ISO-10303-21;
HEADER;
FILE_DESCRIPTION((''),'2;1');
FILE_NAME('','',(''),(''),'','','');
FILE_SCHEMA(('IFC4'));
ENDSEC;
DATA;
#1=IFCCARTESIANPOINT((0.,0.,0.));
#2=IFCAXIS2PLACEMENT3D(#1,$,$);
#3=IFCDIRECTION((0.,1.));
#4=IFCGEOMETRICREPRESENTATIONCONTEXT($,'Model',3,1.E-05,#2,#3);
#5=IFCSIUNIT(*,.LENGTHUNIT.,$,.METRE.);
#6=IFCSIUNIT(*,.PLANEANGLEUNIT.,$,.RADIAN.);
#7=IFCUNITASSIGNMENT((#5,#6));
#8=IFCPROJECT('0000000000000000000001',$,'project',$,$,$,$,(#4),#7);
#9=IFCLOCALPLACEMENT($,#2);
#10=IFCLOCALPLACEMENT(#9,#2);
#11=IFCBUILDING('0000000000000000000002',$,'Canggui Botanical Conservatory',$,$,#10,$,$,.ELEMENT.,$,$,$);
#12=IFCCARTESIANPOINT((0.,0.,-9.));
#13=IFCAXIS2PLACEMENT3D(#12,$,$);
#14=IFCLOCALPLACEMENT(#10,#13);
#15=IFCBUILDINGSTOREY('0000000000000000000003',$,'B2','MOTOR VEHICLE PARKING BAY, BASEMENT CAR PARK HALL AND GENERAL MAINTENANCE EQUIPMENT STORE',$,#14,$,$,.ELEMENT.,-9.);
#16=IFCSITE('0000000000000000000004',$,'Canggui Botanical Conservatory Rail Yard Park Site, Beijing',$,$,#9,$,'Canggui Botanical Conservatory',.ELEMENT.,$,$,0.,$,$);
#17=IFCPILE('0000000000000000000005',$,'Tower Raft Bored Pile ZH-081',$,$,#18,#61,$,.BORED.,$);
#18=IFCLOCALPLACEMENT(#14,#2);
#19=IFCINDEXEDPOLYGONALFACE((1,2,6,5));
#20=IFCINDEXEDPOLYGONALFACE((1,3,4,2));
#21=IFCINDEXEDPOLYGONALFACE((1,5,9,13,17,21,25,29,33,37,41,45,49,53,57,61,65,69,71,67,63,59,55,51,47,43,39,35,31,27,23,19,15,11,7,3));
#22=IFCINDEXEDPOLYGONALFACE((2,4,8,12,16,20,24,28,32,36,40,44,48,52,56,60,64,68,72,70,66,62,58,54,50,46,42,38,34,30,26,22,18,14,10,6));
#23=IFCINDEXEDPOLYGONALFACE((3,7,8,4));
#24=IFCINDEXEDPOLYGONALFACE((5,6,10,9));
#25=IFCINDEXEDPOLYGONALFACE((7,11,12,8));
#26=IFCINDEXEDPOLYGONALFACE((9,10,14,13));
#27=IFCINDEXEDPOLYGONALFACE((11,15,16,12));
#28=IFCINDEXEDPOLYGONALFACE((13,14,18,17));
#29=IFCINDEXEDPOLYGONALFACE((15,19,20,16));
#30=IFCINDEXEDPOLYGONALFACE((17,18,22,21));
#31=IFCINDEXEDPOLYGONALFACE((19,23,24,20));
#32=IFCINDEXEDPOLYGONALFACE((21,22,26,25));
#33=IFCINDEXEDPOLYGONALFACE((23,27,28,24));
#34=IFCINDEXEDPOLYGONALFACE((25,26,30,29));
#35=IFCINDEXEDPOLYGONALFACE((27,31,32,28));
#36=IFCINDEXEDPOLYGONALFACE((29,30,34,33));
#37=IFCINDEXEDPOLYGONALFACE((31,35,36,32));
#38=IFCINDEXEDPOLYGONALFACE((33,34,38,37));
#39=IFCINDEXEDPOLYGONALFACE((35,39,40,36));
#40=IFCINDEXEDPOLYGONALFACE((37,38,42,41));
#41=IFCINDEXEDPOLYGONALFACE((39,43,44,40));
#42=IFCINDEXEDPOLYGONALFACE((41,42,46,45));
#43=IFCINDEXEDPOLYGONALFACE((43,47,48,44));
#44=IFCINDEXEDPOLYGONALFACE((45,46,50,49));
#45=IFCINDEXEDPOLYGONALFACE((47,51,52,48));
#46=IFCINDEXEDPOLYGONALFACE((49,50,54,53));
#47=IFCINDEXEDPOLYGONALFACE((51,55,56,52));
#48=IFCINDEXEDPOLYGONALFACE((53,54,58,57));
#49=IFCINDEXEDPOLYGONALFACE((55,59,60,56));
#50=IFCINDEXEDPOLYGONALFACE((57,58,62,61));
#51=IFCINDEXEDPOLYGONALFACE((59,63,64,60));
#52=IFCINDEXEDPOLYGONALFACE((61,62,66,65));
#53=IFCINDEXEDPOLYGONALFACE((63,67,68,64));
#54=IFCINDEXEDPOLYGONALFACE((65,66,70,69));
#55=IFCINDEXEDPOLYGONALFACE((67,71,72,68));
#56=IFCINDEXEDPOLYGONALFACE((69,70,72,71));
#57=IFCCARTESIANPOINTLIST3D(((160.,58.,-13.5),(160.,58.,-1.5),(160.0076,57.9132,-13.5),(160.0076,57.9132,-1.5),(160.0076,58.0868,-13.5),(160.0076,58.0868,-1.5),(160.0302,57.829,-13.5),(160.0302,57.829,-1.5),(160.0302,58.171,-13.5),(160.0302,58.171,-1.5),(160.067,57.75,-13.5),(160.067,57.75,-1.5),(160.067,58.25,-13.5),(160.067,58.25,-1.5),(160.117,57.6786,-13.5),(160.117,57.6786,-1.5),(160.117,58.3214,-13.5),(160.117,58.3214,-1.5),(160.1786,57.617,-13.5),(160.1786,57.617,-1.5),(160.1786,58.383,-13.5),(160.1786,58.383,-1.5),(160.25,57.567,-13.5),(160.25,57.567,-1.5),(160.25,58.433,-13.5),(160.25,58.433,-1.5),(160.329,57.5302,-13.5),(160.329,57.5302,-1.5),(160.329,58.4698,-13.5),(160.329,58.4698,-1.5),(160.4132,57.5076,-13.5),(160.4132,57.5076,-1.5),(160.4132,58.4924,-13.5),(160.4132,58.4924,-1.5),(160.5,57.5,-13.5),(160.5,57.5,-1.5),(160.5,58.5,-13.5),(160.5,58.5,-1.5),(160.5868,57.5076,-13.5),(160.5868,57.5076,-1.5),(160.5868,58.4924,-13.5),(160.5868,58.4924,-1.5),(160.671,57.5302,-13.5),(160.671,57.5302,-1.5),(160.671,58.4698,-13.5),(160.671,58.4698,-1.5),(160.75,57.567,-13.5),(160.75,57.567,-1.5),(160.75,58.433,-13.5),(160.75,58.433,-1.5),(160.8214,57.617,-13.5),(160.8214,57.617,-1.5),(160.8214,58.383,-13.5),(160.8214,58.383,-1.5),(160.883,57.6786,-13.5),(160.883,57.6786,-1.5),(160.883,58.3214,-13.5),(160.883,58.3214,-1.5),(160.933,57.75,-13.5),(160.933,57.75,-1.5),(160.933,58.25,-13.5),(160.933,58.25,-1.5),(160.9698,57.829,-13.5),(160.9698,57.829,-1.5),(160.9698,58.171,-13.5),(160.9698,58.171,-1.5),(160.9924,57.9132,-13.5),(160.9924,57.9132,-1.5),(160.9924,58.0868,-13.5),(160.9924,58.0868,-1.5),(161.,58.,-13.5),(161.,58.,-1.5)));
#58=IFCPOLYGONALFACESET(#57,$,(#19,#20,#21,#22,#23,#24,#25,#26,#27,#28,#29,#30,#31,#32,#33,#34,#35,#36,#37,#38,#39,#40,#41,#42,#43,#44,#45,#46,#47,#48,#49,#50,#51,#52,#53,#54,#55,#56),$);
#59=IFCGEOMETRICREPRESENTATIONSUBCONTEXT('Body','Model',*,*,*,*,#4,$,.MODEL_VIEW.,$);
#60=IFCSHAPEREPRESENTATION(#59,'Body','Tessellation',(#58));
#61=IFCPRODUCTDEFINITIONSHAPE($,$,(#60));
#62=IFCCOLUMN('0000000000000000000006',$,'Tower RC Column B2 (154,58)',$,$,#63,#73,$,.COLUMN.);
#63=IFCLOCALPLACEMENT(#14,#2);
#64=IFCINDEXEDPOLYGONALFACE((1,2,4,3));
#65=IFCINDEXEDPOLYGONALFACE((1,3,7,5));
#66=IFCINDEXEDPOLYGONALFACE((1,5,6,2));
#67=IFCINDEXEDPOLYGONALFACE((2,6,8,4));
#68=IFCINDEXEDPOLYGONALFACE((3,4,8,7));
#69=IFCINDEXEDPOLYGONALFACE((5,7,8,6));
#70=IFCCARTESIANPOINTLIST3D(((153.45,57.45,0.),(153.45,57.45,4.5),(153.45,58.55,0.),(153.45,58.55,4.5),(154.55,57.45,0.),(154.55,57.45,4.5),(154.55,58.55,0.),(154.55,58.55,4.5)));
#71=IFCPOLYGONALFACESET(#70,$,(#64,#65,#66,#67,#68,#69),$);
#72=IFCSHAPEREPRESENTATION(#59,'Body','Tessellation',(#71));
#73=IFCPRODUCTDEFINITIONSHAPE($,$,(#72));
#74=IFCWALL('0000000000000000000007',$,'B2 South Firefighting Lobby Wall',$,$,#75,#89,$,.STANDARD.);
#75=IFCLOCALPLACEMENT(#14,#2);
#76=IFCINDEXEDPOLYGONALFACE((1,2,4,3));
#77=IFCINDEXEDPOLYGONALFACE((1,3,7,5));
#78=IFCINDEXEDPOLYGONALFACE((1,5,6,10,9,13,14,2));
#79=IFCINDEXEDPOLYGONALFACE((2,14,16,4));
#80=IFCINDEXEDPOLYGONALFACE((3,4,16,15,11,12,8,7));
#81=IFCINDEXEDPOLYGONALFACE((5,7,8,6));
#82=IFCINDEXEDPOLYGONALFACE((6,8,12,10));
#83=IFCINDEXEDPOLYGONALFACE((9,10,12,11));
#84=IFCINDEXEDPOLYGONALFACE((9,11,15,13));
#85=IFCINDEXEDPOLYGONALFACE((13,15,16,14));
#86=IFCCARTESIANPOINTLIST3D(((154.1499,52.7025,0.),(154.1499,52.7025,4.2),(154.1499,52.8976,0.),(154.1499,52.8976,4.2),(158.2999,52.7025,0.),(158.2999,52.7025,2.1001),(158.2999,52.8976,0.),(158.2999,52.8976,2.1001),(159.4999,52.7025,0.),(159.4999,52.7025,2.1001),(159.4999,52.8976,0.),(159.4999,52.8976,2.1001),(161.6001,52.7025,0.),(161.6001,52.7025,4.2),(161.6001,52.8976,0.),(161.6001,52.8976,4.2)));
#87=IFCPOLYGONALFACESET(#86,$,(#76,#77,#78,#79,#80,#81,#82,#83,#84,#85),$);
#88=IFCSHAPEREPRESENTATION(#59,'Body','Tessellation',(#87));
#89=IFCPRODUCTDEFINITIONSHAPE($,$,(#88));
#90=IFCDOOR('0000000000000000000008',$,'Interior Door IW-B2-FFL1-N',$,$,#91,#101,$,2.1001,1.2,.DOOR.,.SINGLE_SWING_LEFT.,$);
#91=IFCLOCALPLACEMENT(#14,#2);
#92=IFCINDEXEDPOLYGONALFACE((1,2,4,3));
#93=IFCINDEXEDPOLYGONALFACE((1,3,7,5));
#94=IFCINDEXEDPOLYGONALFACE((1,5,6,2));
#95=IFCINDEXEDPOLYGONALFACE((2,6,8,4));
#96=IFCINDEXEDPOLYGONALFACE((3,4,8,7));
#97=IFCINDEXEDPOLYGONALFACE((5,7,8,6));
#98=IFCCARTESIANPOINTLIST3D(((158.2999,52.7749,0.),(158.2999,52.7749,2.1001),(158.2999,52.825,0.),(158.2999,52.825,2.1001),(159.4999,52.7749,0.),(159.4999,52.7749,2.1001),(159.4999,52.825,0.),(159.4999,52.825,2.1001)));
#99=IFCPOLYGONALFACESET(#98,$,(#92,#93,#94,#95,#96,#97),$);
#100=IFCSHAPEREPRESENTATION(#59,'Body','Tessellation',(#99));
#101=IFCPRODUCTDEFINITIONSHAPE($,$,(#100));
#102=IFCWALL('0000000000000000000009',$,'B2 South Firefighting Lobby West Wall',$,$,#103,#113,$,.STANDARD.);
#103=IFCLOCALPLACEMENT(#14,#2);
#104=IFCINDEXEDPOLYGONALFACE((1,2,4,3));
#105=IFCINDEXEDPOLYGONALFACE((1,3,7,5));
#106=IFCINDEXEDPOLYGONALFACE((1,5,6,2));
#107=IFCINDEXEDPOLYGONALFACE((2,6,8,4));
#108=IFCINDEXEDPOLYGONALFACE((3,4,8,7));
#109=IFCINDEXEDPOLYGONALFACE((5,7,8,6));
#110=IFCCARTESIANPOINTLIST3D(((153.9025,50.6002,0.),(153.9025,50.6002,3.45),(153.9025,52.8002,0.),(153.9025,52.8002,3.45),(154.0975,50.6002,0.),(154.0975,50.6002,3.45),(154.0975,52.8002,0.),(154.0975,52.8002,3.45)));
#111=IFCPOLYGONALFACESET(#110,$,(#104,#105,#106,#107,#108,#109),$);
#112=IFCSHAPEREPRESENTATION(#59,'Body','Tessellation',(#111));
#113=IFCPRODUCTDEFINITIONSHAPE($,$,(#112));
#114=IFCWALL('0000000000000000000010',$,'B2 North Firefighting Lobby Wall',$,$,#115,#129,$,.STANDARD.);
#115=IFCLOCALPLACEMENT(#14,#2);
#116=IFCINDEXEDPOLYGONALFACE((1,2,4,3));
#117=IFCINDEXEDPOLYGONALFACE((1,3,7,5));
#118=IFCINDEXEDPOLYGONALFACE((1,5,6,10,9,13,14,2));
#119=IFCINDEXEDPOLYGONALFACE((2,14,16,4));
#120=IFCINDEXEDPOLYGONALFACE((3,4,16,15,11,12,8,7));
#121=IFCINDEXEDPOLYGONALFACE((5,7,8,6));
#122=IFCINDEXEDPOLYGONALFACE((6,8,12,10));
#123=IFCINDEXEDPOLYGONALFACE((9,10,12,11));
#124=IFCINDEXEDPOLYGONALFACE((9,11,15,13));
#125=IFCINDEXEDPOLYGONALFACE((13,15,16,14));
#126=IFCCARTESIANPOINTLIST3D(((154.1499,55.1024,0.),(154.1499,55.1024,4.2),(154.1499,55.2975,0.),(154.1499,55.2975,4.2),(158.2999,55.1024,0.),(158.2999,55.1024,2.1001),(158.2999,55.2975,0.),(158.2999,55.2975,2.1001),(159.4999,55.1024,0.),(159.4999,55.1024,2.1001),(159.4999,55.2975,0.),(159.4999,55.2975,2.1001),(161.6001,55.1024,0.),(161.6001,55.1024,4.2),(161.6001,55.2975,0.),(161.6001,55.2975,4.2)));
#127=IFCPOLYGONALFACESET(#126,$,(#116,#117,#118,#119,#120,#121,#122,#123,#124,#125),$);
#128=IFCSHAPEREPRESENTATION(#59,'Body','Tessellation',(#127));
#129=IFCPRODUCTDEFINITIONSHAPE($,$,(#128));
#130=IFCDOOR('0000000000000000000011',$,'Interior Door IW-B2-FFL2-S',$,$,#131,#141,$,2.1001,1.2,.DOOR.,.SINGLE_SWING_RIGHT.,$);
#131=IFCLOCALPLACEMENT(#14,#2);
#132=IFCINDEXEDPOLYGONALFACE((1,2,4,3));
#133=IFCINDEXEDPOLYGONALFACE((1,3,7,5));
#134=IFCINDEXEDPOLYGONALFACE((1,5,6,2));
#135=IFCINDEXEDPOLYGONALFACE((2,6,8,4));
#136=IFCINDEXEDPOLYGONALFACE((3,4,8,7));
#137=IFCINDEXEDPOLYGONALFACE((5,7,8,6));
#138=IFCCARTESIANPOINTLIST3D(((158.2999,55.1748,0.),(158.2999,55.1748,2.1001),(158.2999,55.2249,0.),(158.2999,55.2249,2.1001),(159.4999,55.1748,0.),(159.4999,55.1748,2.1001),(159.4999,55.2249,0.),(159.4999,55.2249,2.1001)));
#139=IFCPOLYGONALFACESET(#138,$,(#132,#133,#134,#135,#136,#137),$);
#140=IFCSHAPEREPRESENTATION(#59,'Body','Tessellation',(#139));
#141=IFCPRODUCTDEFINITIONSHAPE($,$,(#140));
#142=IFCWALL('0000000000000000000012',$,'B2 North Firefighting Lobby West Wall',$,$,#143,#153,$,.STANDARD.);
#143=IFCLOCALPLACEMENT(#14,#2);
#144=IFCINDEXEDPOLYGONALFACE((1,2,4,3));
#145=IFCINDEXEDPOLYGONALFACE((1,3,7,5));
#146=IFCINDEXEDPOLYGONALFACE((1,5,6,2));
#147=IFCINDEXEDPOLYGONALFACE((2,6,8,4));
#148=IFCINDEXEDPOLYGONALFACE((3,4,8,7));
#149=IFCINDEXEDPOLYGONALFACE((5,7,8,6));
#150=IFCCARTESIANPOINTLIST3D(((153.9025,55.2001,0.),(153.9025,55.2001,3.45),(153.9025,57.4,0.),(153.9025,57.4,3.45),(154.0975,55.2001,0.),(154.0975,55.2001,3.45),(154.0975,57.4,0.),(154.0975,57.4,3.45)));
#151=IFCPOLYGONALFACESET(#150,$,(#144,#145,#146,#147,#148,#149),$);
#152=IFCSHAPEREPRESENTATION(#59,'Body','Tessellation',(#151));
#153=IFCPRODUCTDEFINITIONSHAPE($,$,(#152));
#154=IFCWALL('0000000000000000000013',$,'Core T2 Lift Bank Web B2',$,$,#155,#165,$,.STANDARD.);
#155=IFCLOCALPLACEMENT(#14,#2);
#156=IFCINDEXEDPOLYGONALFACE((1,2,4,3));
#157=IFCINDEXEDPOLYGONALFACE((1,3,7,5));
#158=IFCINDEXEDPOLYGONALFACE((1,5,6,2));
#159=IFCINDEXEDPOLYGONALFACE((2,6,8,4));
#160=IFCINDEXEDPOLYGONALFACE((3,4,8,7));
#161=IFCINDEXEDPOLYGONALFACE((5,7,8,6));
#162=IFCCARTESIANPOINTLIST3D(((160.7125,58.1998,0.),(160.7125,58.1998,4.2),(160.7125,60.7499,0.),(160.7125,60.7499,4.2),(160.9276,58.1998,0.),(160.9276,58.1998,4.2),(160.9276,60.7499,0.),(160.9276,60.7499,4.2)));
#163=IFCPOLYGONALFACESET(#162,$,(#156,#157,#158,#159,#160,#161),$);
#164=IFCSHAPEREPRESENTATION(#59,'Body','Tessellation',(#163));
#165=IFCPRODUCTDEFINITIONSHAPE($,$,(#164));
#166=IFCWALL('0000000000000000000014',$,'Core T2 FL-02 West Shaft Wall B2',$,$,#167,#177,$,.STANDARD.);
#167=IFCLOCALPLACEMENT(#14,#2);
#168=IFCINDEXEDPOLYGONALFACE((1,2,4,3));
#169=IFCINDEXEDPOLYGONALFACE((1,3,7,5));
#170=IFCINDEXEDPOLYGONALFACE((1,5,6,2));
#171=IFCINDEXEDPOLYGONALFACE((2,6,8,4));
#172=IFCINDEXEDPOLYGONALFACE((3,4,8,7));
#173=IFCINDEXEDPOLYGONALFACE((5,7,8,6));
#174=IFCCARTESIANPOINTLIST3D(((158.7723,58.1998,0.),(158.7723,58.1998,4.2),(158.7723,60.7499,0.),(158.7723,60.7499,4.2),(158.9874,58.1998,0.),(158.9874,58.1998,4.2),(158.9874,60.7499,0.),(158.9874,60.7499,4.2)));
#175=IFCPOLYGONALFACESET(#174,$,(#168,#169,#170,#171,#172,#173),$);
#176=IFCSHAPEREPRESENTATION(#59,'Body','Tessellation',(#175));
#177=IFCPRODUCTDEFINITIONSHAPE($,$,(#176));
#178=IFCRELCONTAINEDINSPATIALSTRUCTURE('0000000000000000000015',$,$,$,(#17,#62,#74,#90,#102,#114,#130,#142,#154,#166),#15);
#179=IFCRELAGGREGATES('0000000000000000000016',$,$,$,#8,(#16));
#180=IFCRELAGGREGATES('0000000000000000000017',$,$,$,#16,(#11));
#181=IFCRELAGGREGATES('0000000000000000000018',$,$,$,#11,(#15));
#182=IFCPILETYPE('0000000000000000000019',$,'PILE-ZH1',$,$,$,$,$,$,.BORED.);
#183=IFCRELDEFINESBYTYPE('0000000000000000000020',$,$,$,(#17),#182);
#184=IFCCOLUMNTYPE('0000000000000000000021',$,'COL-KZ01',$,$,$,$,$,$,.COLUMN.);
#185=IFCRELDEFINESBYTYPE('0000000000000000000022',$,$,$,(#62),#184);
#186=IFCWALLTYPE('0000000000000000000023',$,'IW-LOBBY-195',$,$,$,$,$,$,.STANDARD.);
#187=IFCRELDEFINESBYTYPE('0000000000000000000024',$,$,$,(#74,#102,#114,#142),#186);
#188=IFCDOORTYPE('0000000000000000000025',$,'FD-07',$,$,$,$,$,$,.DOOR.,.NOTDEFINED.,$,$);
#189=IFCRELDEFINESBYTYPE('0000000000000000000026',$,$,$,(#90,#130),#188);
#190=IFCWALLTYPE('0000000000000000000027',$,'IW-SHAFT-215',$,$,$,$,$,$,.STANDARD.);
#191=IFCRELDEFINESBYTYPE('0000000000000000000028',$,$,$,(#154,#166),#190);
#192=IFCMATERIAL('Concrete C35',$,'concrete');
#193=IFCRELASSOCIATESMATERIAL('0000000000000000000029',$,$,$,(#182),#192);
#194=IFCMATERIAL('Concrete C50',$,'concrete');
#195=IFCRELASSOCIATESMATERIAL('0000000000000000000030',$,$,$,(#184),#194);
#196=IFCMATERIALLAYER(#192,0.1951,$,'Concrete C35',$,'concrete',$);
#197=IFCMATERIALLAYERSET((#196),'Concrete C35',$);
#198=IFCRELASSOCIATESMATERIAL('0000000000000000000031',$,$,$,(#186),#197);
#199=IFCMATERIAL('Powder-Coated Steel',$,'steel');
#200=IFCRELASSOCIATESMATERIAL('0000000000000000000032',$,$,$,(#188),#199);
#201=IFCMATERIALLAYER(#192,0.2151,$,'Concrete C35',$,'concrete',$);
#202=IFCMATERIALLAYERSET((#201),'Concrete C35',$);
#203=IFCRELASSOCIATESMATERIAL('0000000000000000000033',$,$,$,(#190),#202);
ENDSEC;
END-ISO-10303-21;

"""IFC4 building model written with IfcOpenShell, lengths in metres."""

from ifc_helpers import new_model, si_unit, direction, frame, frame_2d, origin, origin_2d, place, context, subcontext, project, spatial, rectangle, circle, extrude, material, layer, layer_set, material_profile, profile_set, type_object, element, fill, save


model = new_model("IFC4")

# Units and contexts
model_context = context("Model", 3, precision=1e-05, world=origin(), true_north=direction((0.0, 1.0)))
body_context = subcontext(model_context, "Body", "Model", "MODEL_VIEW")
ifc_project = project(units=[si_unit("LENGTHUNIT", "METRE"), si_unit("PLANEANGLEUNIT", "RADIAN")], contexts=[model_context])

# Site, building, storey
site_placement = place(None, origin())
site = spatial("IfcSite", under=ifc_project, at=site_placement, Name="Canggui Botanical Conservatory Rail Yard Park Site, Beijing", LongName="Canggui Botanical Conservatory", CompositionType="ELEMENT", RefElevation=0.0)
building_placement = place(site_placement, origin())
building = spatial("IfcBuilding", under=site, at=building_placement, Name="Canggui Botanical Conservatory", CompositionType="ELEMENT")
storey_placement = place(building_placement, frame((0.0, 0.0, -9.0)))
storey = spatial("IfcBuildingStorey", under=building, at=storey_placement, Name="B2", Description="MOTOR VEHICLE PARKING BAY, BASEMENT CAR PARK HALL AND GENERAL MAINTENANCE EQUIPMENT STORE", CompositionType="ELEMENT", Elevation=-9.0)

# Pile
ifc_material_1 = material(Name="Concrete C35", Category="concrete")
ifc_material_profile_1 = material_profile(ifc_material_1, circle(Radius=0.5, at=origin_2d()), Name="PILE D1000")
ifc_profile_set_1 = profile_set([ifc_material_profile_1], Name="Concrete C35")
pile_type = type_object("IfcPileType", Name="PILE-ZH1", PredefinedType="BORED", material=ifc_profile_set_1)
for number, where, z_axis, x_axis, name in (
    (1, (160.5, 58.0, -1.5), (0.0, 0.0, -1.0), (1.0, 0.0, 0.0), "Tower Raft Bored Pile ZH-081"),
):
    element("IfcPile", number, at=place(storey_placement, frame(where, z_axis=z_axis, x_axis=x_axis)), inside=storey, type_object=pile_type, Name=name, PredefinedType="BORED", context=body_context, shape_type="SweptSolid", body=[
        extrude(circle(Radius=0.5, at=origin_2d()), origin(), (0.0, 0.0, 1.0), 12.0),
    ])

# Column
ifc_material_2 = material(Name="Concrete C50", Category="concrete")
ifc_material_profile_2 = material_profile(ifc_material_2, rectangle(XDim=1.1001, YDim=1.1001, at=origin_2d()), Name="RC 1100x1100")
ifc_profile_set_2 = profile_set([ifc_material_profile_2], Name="Concrete C50")
column_type = type_object("IfcColumnType", Name="COL-KZ01", PredefinedType="COLUMN", material=ifc_profile_set_2)
column_placement = place(storey_placement, frame((154.0, 58.0, 0.0), z_axis=(0.0, 0.0, 1.0), x_axis=(1.0, 0.0, 0.0)))
element("IfcColumn", 2, at=column_placement, inside=storey, type_object=column_type, Name="Tower RC Column B2 (154,58)", PredefinedType="COLUMN", context=body_context, shape_type="SweptSolid", body=[
    extrude(rectangle(XDim=1.1001, YDim=1.1001, at=origin_2d()), origin(), (0.0, 0.0, 1.0), 4.5),
])

# Wall, opening, door
ifc_layer_1 = layer(ifc_material_1, 0.1951, Name="Concrete C35", Category="concrete")
ifc_layer_set_1 = layer_set([ifc_layer_1], Name="Concrete C35")
wall_type_1 = type_object("IfcWallType", Name="IW-LOBBY-195", PredefinedType="STANDARD", material=ifc_layer_set_1)
wall_1_placement = place(storey_placement, frame((154.1499, 52.8, 0.0), z_axis=(0.0, 0.0, 1.0), x_axis=(1.0, 0.0, 0.0)))
wall_1 = element("IfcWall", 3, at=wall_1_placement, inside=storey, type_object=wall_type_1, Name="B2 South Firefighting Lobby Wall", PredefinedType="STANDARD", context=body_context, shape_type="SweptSolid", body=[
    extrude(rectangle(XDim=7.4502, YDim=0.1951, at=frame_2d((3.7251, 0.0))), origin(), (0.0, 0.0, 1.0), 4.2),
])
opening_1_placement = place(wall_1_placement, frame((4.1499, 0.0, 0.0)))
opening_1 = element("IfcOpeningElement", 4, at=opening_1_placement, cuts=wall_1, PredefinedType="OPENING", context=body_context, shape_type="SweptSolid", body=[
    extrude(rectangle(XDim=1.2, YDim=2.1001, at=frame_2d((0.6001, 1.05))), frame((0.0, 0.1074, 0.0), z_axis=(0.0, -1.0, 0.0), x_axis=(1.0, 0.0, 0.0)), (0.0, 0.0, 1.0), 0.2151),
])
ifc_material_3 = material(Name="Powder-Coated Steel", Category="steel")
door_type_1 = type_object("IfcDoorType", Name="FD-07", OperationType="NOTDEFINED", PredefinedType="DOOR", material=ifc_material_3)
door_1_placement = place(opening_1_placement, origin())
door_1 = element("IfcDoor", 5, at=door_1_placement, inside=storey, type_object=door_type_1, Name="Interior Door IW-B2-FFL1-N", OperationType="SINGLE_SWING_LEFT", OverallHeight=2.1001, OverallWidth=1.2, PredefinedType="DOOR", context=body_context, shape_type="SweptSolid", body=[
    extrude(rectangle(XDim=1.2, YDim=2.1001, at=frame_2d((0.6001, 1.05))), frame((0.0, 0.0249, 0.0), z_axis=(0.0, -1.0, 0.0), x_axis=(1.0, 0.0, 0.0)), (0.0, 0.0, 1.0), 0.05),
])
fill(opening_1, door_1)

# Wall
wall_2_placement = place(storey_placement, frame((154.0, 50.6001, 0.0), z_axis=(0.0, 0.0, 1.0), x_axis=(0.0, 1.0, 0.0)))
element("IfcWall", 6, at=wall_2_placement, inside=storey, type_object=wall_type_1, Name="B2 South Firefighting Lobby West Wall", PredefinedType="STANDARD", context=body_context, shape_type="SweptSolid", body=[
    extrude(rectangle(XDim=2.2, YDim=0.1951, at=frame_2d((1.1001, 0.0))), origin(), (0.0, 0.0, 1.0), 3.45),
])

# Wall, opening, door
wall_3_placement = place(storey_placement, frame((154.1499, 55.2, 0.0), z_axis=(0.0, 0.0, 1.0), x_axis=(1.0, 0.0, 0.0)))
wall_3 = element("IfcWall", 7, at=wall_3_placement, inside=storey, type_object=wall_type_1, Name="B2 North Firefighting Lobby Wall", PredefinedType="STANDARD", context=body_context, shape_type="SweptSolid", body=[
    extrude(rectangle(XDim=7.4502, YDim=0.1951, at=frame_2d((3.7251, 0.0))), origin(), (0.0, 0.0, 1.0), 4.2),
])
opening_2_placement = place(wall_3_placement, frame((4.1499, 0.0, 0.0)))
opening_2 = element("IfcOpeningElement", 8, at=opening_2_placement, cuts=wall_3, PredefinedType="OPENING", context=body_context, shape_type="SweptSolid", body=[
    extrude(rectangle(XDim=1.2, YDim=2.1001, at=frame_2d((0.6001, 1.05))), frame((0.0, 0.1074, 0.0), z_axis=(0.0, -1.0, 0.0), x_axis=(1.0, 0.0, 0.0)), (0.0, 0.0, 1.0), 0.2151),
])
door_2_placement = place(opening_2_placement, origin())
door_2 = element("IfcDoor", 9, at=door_2_placement, inside=storey, type_object=door_type_1, Name="Interior Door IW-B2-FFL2-S", OperationType="SINGLE_SWING_RIGHT", OverallHeight=2.1001, OverallWidth=1.2, PredefinedType="DOOR", context=body_context, shape_type="SweptSolid", body=[
    extrude(rectangle(XDim=1.2, YDim=2.1001, at=frame_2d((0.6001, 1.05))), frame((0.0, 0.0249, 0.0), z_axis=(0.0, -1.0, 0.0), x_axis=(1.0, 0.0, 0.0)), (0.0, 0.0, 1.0), 0.05),
])
fill(opening_2, door_2)

# Walls
wall_4_placement = place(storey_placement, frame((154.0, 55.2, 0.0), z_axis=(0.0, 0.0, 1.0), x_axis=(0.0, 1.0, 0.0)))
element("IfcWall", 10, at=wall_4_placement, inside=storey, type_object=wall_type_1, Name="B2 North Firefighting Lobby West Wall", PredefinedType="STANDARD", context=body_context, shape_type="SweptSolid", body=[
    extrude(rectangle(XDim=2.2, YDim=0.1951, at=frame_2d((1.1001, 0.0))), origin(), (0.0, 0.0, 1.0), 3.45),
])
ifc_layer_2 = layer(ifc_material_1, 0.2151, Name="Concrete C35", Category="concrete")
ifc_layer_set_2 = layer_set([ifc_layer_2], Name="Concrete C35")
wall_type_2 = type_object("IfcWallType", Name="IW-SHAFT-215", PredefinedType="STANDARD", material=ifc_layer_set_2)
for number, where, z_axis, x_axis, name in (
    (11, (160.8201, 58.2, 0.0), (0.0, 0.0, 1.0), (0.0, 1.0, 0.0), "Core T2 Lift Bank Web B2"),
    (12, (158.8799, 58.2, 0.0), (0.0, 0.0, 1.0), (0.0, 1.0, 0.0), "Core T2 FL-02 West Shaft Wall B2"),
):
    element("IfcWall", number, at=place(storey_placement, frame(where, z_axis=z_axis, x_axis=x_axis)), inside=storey, type_object=wall_type_2, Name=name, PredefinedType="STANDARD", context=body_context, shape_type="SweptSolid", body=[
        extrude(rectangle(XDim=2.55, YDim=0.2151, at=frame_2d((1.2749, 0.0))), origin(), (0.0, 0.0, 1.0), 4.2),
    ])

save(model, "model.ifc")
